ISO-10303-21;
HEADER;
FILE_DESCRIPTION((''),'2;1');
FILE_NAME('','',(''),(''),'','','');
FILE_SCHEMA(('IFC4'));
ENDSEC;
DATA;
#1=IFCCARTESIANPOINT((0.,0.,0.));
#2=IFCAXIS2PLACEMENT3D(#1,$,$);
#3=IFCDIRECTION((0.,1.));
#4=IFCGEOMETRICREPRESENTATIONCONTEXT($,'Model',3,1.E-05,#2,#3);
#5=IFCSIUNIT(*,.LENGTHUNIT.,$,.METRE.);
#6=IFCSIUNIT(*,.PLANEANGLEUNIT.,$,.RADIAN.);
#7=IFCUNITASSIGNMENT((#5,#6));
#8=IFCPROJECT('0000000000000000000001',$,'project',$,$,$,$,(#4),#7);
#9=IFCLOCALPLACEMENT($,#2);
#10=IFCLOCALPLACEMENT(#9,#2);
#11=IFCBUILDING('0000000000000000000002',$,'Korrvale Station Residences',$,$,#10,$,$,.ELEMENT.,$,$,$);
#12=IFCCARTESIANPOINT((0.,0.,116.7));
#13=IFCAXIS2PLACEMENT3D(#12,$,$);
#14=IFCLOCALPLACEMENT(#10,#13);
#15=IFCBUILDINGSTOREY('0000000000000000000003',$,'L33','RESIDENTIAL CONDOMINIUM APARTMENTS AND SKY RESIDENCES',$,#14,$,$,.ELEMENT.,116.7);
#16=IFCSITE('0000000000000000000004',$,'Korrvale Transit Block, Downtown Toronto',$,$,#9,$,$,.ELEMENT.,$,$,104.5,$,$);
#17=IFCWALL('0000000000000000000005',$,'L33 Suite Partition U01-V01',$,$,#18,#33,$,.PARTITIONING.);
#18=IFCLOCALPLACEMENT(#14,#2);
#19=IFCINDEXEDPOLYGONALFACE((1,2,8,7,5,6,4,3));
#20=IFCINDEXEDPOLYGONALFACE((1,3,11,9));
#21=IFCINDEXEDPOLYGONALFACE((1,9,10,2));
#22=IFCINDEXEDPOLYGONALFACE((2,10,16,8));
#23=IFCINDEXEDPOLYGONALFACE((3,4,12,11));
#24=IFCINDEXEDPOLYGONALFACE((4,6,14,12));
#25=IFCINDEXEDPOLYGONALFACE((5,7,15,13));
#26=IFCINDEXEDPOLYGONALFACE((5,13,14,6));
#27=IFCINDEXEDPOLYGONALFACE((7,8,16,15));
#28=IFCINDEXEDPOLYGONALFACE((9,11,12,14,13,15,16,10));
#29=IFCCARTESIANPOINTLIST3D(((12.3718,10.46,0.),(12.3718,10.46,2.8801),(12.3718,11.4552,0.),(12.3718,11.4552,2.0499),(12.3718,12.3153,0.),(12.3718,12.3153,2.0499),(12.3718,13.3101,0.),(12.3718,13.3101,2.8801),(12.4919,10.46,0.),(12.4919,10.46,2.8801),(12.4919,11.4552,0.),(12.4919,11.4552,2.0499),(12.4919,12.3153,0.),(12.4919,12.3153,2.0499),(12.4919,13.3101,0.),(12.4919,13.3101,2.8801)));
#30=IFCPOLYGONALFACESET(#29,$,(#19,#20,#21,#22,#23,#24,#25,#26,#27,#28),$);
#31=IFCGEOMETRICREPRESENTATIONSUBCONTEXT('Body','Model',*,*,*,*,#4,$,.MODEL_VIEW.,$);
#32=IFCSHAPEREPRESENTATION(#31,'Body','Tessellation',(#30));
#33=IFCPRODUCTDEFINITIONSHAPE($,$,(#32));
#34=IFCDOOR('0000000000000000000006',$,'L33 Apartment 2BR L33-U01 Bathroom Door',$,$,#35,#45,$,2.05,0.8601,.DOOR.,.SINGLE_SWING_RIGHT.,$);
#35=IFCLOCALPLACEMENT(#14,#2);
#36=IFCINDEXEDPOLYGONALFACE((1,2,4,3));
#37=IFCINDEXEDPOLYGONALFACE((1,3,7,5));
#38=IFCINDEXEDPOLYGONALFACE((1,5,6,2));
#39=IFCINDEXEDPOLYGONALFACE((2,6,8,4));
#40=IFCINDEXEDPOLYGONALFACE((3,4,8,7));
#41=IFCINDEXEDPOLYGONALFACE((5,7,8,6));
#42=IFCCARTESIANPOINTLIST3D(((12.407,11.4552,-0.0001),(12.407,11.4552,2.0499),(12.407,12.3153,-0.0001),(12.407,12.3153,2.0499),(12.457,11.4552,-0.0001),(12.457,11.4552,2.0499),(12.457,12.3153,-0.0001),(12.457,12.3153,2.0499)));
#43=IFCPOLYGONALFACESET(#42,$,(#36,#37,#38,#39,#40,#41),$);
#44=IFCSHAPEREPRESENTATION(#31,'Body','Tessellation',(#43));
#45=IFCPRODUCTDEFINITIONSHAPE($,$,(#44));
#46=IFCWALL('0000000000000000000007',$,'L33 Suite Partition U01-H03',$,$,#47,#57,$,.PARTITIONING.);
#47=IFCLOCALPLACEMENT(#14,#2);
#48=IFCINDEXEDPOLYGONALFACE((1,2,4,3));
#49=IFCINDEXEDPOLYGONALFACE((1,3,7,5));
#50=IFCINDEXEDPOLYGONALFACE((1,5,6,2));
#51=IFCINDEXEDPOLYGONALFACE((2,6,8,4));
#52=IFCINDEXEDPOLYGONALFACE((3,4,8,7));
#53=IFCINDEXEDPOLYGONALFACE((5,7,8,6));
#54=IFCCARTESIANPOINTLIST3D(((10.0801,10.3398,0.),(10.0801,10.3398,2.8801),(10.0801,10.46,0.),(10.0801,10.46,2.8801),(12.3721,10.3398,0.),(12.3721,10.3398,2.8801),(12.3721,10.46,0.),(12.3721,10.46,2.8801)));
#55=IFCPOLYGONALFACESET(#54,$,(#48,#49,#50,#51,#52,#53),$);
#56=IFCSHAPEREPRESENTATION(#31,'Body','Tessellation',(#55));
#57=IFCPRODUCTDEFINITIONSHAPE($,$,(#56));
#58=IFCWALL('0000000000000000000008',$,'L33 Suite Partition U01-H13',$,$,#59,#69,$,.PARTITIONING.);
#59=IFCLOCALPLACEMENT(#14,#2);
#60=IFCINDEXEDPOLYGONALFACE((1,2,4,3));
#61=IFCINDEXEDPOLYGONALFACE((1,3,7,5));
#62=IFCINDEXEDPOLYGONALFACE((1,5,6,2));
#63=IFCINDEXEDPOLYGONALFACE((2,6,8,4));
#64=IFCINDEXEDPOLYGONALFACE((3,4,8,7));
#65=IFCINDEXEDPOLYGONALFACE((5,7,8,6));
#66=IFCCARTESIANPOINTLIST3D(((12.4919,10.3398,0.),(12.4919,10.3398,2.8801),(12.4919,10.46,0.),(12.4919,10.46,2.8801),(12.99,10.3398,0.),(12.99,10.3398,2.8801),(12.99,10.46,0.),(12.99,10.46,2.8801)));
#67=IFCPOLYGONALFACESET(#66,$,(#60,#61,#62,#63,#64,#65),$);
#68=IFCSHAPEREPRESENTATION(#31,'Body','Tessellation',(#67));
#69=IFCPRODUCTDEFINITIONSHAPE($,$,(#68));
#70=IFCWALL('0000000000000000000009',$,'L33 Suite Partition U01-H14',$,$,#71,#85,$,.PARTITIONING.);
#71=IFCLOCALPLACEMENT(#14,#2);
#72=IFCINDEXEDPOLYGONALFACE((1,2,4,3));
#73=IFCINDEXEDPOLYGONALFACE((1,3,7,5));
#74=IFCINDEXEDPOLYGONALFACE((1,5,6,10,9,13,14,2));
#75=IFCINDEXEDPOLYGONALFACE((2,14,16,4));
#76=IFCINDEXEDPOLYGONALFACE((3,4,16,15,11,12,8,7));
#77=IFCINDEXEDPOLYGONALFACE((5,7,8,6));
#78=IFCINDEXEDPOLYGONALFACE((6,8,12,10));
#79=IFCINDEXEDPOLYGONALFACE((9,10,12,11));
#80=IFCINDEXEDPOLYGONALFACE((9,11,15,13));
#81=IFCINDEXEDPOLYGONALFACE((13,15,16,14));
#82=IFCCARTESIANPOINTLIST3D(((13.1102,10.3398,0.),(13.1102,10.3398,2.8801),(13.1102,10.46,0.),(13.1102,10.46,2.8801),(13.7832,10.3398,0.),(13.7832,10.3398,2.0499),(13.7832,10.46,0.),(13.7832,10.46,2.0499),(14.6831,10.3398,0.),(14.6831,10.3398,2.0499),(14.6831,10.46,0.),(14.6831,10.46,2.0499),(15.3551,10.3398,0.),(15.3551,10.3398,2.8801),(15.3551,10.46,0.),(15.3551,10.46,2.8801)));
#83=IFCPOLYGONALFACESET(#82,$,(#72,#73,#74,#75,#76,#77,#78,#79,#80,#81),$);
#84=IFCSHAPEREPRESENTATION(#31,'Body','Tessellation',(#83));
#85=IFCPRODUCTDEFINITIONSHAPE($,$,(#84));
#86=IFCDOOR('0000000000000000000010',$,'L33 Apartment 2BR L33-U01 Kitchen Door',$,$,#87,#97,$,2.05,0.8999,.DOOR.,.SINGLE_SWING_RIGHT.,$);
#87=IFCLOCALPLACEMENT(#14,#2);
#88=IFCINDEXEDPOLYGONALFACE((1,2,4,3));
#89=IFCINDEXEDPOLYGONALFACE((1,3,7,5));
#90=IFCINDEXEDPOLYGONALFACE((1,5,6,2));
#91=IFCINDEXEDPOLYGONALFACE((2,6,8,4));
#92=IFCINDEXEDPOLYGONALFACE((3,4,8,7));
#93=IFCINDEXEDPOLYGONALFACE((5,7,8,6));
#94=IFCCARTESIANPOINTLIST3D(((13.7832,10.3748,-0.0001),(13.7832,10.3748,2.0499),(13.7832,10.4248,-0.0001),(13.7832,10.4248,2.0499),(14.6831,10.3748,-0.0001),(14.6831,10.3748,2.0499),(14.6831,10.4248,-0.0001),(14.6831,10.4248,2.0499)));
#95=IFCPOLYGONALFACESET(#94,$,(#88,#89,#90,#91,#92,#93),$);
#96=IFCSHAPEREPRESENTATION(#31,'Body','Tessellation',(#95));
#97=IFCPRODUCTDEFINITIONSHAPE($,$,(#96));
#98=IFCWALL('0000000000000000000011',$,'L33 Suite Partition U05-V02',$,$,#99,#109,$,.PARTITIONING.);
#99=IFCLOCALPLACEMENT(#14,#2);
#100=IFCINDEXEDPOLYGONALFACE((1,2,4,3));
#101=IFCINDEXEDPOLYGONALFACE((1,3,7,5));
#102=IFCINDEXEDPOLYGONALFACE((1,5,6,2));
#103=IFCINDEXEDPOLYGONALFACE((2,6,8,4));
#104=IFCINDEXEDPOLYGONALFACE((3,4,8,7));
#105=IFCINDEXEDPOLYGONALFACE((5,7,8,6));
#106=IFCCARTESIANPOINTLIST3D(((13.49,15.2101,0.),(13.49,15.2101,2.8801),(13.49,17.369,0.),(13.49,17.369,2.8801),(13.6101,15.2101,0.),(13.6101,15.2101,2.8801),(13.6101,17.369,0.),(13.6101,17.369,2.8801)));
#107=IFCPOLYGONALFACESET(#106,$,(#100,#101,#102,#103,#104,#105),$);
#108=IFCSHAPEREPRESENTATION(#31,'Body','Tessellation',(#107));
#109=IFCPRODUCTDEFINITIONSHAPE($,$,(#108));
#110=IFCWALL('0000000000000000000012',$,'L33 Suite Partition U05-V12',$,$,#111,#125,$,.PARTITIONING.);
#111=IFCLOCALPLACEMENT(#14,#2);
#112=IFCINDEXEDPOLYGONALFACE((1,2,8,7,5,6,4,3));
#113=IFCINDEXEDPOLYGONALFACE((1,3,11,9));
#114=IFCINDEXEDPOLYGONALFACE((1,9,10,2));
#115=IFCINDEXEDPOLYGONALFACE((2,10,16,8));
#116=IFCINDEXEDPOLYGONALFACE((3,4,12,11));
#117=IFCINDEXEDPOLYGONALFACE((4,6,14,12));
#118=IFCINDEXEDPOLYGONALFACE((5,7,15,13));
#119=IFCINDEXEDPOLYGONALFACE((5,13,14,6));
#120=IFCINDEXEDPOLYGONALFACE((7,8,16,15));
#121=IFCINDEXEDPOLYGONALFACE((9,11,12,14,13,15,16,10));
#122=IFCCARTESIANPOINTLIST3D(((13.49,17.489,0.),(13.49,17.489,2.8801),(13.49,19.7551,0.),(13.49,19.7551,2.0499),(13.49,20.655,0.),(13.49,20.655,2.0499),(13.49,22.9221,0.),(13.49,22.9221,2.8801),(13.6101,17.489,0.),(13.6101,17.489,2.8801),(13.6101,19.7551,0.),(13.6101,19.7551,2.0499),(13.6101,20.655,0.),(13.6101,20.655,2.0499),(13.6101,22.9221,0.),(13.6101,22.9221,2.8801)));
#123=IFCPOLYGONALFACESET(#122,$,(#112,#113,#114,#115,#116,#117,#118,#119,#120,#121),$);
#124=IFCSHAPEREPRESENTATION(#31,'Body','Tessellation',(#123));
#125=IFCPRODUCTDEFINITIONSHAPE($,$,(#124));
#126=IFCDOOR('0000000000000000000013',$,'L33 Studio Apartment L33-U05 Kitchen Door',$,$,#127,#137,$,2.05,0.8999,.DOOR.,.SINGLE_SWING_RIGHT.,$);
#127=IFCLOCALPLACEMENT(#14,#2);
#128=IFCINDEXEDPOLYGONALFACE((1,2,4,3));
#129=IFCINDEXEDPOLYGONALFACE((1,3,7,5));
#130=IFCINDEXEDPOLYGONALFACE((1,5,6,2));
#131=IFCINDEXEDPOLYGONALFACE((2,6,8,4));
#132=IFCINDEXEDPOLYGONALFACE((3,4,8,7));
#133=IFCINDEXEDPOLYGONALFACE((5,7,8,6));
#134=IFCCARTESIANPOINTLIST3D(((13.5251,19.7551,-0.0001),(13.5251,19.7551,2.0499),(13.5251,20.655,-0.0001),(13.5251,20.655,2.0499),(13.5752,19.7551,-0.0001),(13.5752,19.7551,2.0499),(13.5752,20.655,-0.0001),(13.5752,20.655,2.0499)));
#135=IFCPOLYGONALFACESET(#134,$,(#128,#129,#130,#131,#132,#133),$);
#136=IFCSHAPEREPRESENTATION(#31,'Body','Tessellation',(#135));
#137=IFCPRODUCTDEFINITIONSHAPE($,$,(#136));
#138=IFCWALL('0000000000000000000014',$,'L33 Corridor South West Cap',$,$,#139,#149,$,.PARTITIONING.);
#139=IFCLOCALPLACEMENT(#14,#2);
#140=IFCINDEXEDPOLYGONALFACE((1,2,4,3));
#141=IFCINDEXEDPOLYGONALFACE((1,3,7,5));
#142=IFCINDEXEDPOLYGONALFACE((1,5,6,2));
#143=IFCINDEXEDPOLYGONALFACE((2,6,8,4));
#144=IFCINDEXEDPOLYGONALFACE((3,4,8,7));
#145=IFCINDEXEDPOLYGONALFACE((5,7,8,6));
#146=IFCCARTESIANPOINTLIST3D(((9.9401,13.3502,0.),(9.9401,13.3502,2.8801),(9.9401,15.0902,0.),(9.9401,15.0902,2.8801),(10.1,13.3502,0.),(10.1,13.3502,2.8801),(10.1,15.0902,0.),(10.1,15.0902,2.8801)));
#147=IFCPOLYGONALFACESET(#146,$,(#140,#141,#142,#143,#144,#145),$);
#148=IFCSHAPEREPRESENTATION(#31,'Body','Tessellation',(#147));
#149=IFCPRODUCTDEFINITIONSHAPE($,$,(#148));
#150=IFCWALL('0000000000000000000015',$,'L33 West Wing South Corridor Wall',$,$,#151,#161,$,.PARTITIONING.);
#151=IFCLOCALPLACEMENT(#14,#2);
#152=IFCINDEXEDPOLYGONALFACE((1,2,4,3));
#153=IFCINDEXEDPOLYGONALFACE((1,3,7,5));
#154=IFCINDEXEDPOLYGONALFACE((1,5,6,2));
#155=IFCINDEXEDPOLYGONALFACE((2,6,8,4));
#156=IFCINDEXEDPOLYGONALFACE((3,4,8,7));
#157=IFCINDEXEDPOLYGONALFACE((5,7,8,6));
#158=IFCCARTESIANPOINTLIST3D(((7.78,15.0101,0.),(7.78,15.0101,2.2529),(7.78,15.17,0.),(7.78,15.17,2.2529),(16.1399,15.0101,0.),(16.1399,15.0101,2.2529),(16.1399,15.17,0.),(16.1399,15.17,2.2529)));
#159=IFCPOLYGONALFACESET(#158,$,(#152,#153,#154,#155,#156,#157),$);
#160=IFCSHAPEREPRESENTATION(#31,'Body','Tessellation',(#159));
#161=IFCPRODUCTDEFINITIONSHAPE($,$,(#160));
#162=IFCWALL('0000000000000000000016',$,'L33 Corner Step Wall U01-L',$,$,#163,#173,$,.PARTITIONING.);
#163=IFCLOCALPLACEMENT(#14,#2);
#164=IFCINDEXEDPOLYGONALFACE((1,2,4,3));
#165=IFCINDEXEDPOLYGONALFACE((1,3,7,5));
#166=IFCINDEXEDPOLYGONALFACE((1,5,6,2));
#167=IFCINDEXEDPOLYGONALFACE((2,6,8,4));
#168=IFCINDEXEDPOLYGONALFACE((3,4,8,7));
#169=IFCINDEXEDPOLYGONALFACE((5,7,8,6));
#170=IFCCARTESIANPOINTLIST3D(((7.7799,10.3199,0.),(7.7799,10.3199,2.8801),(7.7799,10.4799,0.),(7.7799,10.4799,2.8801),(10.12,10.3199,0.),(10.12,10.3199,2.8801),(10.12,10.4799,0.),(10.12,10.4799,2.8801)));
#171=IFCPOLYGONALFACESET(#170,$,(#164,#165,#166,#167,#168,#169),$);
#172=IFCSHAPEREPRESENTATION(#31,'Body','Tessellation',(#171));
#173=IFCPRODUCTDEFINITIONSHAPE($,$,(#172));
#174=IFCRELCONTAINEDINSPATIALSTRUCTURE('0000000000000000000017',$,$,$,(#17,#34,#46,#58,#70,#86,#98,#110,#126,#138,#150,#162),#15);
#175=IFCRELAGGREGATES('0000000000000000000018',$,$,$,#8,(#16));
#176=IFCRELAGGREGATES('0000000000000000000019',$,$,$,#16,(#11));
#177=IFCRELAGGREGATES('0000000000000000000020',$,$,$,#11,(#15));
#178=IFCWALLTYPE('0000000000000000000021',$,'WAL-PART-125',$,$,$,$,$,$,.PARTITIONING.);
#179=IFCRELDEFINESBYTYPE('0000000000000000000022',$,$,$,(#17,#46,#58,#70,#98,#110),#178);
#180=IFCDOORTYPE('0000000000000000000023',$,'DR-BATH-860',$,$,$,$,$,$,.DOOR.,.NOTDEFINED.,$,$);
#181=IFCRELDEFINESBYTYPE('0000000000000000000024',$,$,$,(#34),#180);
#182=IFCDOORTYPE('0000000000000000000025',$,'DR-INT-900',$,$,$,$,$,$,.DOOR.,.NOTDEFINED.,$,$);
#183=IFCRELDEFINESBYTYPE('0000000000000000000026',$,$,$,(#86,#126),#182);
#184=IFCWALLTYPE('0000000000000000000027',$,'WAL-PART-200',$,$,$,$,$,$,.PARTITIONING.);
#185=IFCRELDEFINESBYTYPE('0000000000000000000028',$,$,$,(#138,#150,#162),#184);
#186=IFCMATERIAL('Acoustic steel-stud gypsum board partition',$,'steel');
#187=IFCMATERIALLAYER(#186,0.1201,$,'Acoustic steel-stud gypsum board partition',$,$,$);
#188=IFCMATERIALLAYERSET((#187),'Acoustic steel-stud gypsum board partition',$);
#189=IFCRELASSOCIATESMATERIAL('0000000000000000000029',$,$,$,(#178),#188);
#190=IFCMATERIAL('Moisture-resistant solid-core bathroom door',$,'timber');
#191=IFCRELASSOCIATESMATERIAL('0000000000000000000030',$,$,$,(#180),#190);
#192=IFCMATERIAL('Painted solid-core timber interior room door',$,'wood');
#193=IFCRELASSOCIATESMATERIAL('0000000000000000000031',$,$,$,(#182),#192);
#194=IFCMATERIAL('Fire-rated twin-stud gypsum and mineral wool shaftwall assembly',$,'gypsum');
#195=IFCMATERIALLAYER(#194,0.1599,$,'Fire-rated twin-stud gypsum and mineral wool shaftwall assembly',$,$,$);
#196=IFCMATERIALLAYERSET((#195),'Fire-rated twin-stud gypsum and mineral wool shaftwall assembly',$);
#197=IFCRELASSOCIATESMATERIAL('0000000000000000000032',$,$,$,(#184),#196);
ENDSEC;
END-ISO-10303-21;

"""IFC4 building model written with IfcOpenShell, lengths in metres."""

from ifc_helpers import new_model, si_unit, direction, frame, frame_2d, origin, place, context, subcontext, project, spatial, rectangle, extrude, material, layer, layer_set, type_object, element, fill, save


model = new_model("IFC4")

# Units and contexts
model_context = context("Model", 3, precision=1e-05, world=origin(), true_north=direction((0.0, 1.0)))
body_context = subcontext(model_context, "Body", "Model", "MODEL_VIEW")
ifc_project = project(units=[si_unit("LENGTHUNIT", "METRE"), si_unit("PLANEANGLEUNIT", "RADIAN")], contexts=[model_context])

# Site, building, storey
site_placement = place(None, origin())
site = spatial("IfcSite", under=ifc_project, at=site_placement, Name="Korrvale Transit Block, Downtown Toronto", CompositionType="ELEMENT", RefElevation=104.5)
building_placement = place(site_placement, origin())
building = spatial("IfcBuilding", under=site, at=building_placement, Name="Korrvale Station Residences", CompositionType="ELEMENT")
storey_placement = place(building_placement, frame((0.0, 0.0, 116.7)))
storey = spatial("IfcBuildingStorey", under=building, at=storey_placement, Name="L33", Description="RESIDENTIAL CONDOMINIUM APARTMENTS AND SKY RESIDENCES", CompositionType="ELEMENT", Elevation=116.7)

# Wall, opening, door
ifc_material_1 = material(Name="Acoustic steel-stud gypsum board partition", Category="steel")
ifc_layer_1 = layer(ifc_material_1, 0.1201, Name="Acoustic steel-stud gypsum board partition")
ifc_layer_set_1 = layer_set([ifc_layer_1], Name="Acoustic steel-stud gypsum board partition")
wall_type_1 = type_object("IfcWallType", Name="WAL-PART-125", PredefinedType="PARTITIONING", material=ifc_layer_set_1)
wall_1_placement = place(storey_placement, frame((12.4319, 10.46, 0.0), z_axis=(0.0, 0.0, 1.0), x_axis=(0.0, 1.0, 0.0)))
wall_1 = element("IfcWall", 1, at=wall_1_placement, inside=storey, type_object=wall_type_1, Name="L33 Suite Partition U01-V01", PredefinedType="PARTITIONING", context=body_context, shape_type="SweptSolid", body=[
    extrude(rectangle(XDim=2.8501, YDim=0.1201, at=frame_2d((1.425, 0.0))), origin(), (0.0, 0.0, 1.0), 2.8801),
])
opening_1_placement = place(wall_1_placement, frame((0.9951, 0.0, 0.0)))
opening_1 = element("IfcOpeningElement", 2, at=opening_1_placement, cuts=wall_1, PredefinedType="OPENING", context=body_context, shape_type="SweptSolid", body=[
    extrude(rectangle(XDim=0.8601, YDim=2.05, at=frame_2d((0.4302, 1.0249))), frame((0.0, 0.0701, 0.0), z_axis=(0.0, -1.0, 0.0), x_axis=(1.0, 0.0, 0.0)), (0.0, 0.0, 1.0), 0.1401),
])
ifc_material_2 = material(Name="Moisture-resistant solid-core bathroom door", Category="timber")
door_type_1 = type_object("IfcDoorType", Name="DR-BATH-860", OperationType="NOTDEFINED", PredefinedType="DOOR", material=ifc_material_2)
door_1_placement = place(opening_1_placement, origin())
door_1 = element("IfcDoor", 3, at=door_1_placement, inside=storey, type_object=door_type_1, Name="L33 Apartment 2BR L33-U01 Bathroom Door", OperationType="SINGLE_SWING_RIGHT", OverallHeight=2.05, OverallWidth=0.8601, PredefinedType="DOOR", context=body_context, shape_type="SweptSolid", body=[
    extrude(rectangle(XDim=0.8601, YDim=2.05, at=frame_2d((0.4302, 1.0249))), frame((0.0, 0.0249, 0.0), z_axis=(0.0, -1.0, 0.0), x_axis=(1.0, 0.0, 0.0)), (0.0, 0.0, 1.0), 0.05),
])
fill(opening_1, door_1)

# Walls
wall_2_placement = place(storey_placement, frame((10.0801, 10.3999, 0.0), z_axis=(0.0, 0.0, 1.0), x_axis=(1.0, 0.0, 0.0)))
element("IfcWall", 4, at=wall_2_placement, inside=storey, type_object=wall_type_1, Name="L33 Suite Partition U01-H03", PredefinedType="PARTITIONING", context=body_context, shape_type="SweptSolid", body=[
    extrude(rectangle(XDim=2.292, YDim=0.1201, at=frame_2d((1.146, 0.0))), origin(), (0.0, 0.0, 1.0), 2.8801),
])
wall_3_placement = place(storey_placement, frame((12.4919, 10.3999, 0.0), z_axis=(0.0, 0.0, 1.0), x_axis=(1.0, 0.0, 0.0)))
element("IfcWall", 5, at=wall_3_placement, inside=storey, type_object=wall_type_1, Name="L33 Suite Partition U01-H13", PredefinedType="PARTITIONING", context=body_context, shape_type="SweptSolid", body=[
    extrude(rectangle(XDim=0.498, YDim=0.1201, at=frame_2d((0.249, 0.0))), origin(), (0.0, 0.0, 1.0), 2.8801),
])

# Wall, opening, door
wall_4_placement = place(storey_placement, frame((13.1101, 10.3999, 0.0), z_axis=(0.0, 0.0, 1.0), x_axis=(1.0, 0.0, 0.0)))
wall_4 = element("IfcWall", 6, at=wall_4_placement, inside=storey, type_object=wall_type_1, Name="L33 Suite Partition U01-H14", PredefinedType="PARTITIONING", context=body_context, shape_type="SweptSolid", body=[
    extrude(rectangle(XDim=2.2449, YDim=0.1201, at=frame_2d((1.1226, 0.0))), origin(), (0.0, 0.0, 1.0), 2.8801),
])
opening_2_placement = place(wall_4_placement, frame((0.6731, 0.0, 0.0)))
opening_2 = element("IfcOpeningElement", 7, at=opening_2_placement, cuts=wall_4, PredefinedType="OPENING", context=body_context, shape_type="SweptSolid", body=[
    extrude(rectangle(XDim=0.8999, YDim=2.05, at=frame_2d((0.45, 1.0249))), frame((0.0, 0.0701, 0.0), z_axis=(0.0, -1.0, 0.0), x_axis=(1.0, 0.0, 0.0)), (0.0, 0.0, 1.0), 0.1401),
])
ifc_material_3 = material(Name="Painted solid-core timber interior room door", Category="wood")
door_type_2 = type_object("IfcDoorType", Name="DR-INT-900", OperationType="NOTDEFINED", PredefinedType="DOOR", material=ifc_material_3)
door_2_placement = place(opening_2_placement, origin())
door_2 = element("IfcDoor", 8, at=door_2_placement, inside=storey, type_object=door_type_2, Name="L33 Apartment 2BR L33-U01 Kitchen Door", OperationType="SINGLE_SWING_RIGHT", OverallHeight=2.05, OverallWidth=0.8999, PredefinedType="DOOR", context=body_context, shape_type="SweptSolid", body=[
    extrude(rectangle(XDim=0.8999, YDim=2.05, at=frame_2d((0.45, 1.0249))), frame((0.0, 0.0249, 0.0), z_axis=(0.0, -1.0, 0.0), x_axis=(1.0, 0.0, 0.0)), (0.0, 0.0, 1.0), 0.05),
])
fill(opening_2, door_2)

# Wall
wall_5_placement = place(storey_placement, frame((13.55, 15.21, 0.0), z_axis=(0.0, 0.0, 1.0), x_axis=(0.0, 1.0, 0.0)))
element("IfcWall", 9, at=wall_5_placement, inside=storey, type_object=wall_type_1, Name="L33 Suite Partition U05-V02", PredefinedType="PARTITIONING", context=body_context, shape_type="SweptSolid", body=[
    extrude(rectangle(XDim=2.1589, YDim=0.1201, at=frame_2d((1.0796, 0.0))), origin(), (0.0, 0.0, 1.0), 2.8801),
])

# Wall, opening, door
wall_6_placement = place(storey_placement, frame((13.55, 17.489, 0.0), z_axis=(0.0, 0.0, 1.0), x_axis=(0.0, 1.0, 0.0)))
wall_6 = element("IfcWall", 10, at=wall_6_placement, inside=storey, type_object=wall_type_1, Name="L33 Suite Partition U05-V12", PredefinedType="PARTITIONING", context=body_context, shape_type="SweptSolid", body=[
    extrude(rectangle(XDim=5.4331, YDim=0.1201, at=frame_2d((2.7166, 0.0))), origin(), (0.0, 0.0, 1.0), 2.8801),
])
opening_3_placement = place(wall_6_placement, frame((2.2661, 0.0, 0.0)))
opening_3 = element("IfcOpeningElement", 11, at=opening_3_placement, cuts=wall_6, PredefinedType="OPENING", context=body_context, shape_type="SweptSolid", body=[
    extrude(rectangle(XDim=0.8999, YDim=2.05, at=frame_2d((0.45, 1.0249))), frame((0.0, 0.0701, 0.0), z_axis=(0.0, -1.0, 0.0), x_axis=(1.0, 0.0, 0.0)), (0.0, 0.0, 1.0), 0.1401),
])
door_3_placement = place(opening_3_placement, origin())
door_3 = element("IfcDoor", 12, at=door_3_placement, inside=storey, type_object=door_type_2, Name="L33 Studio Apartment L33-U05 Kitchen Door", OperationType="SINGLE_SWING_RIGHT", OverallHeight=2.05, OverallWidth=0.8999, PredefinedType="DOOR", context=body_context, shape_type="SweptSolid", body=[
    extrude(rectangle(XDim=0.8999, YDim=2.05, at=frame_2d((0.45, 1.0249))), frame((0.0, 0.0249, 0.0), z_axis=(0.0, -1.0, 0.0), x_axis=(1.0, 0.0, 0.0)), (0.0, 0.0, 1.0), 0.05),
])
fill(opening_3, door_3)

# Walls
ifc_material_4 = material(Name="Fire-rated twin-stud gypsum and mineral wool shaftwall assembly", Category="gypsum")
ifc_layer_2 = layer(ifc_material_4, 0.1599, Name="Fire-rated twin-stud gypsum and mineral wool shaftwall assembly")
ifc_layer_set_2 = layer_set([ifc_layer_2], Name="Fire-rated twin-stud gypsum and mineral wool shaftwall assembly")
wall_type_2 = type_object("IfcWallType", Name="WAL-PART-200", PredefinedType="PARTITIONING", material=ifc_layer_set_2)
wall_7_placement = place(storey_placement, frame((10.02, 13.3501, 0.0), z_axis=(0.0, 0.0, 1.0), x_axis=(0.0, 1.0, 0.0)))
element("IfcWall", 13, at=wall_7_placement, inside=storey, type_object=wall_type_2, Name="L33 Corridor South West Cap", PredefinedType="PARTITIONING", context=body_context, shape_type="SweptSolid", body=[
    extrude(rectangle(XDim=1.74, YDim=0.1599, at=frame_2d((0.8701, 0.0))), origin(), (0.0, 0.0, 1.0), 2.8801),
])
wall_8_placement = place(storey_placement, frame((7.78, 15.0901, 0.0), z_axis=(0.0, 0.0, 1.0), x_axis=(1.0, 0.0, 0.0)))
element("IfcWall", 14, at=wall_8_placement, inside=storey, type_object=wall_type_2, Name="L33 West Wing South Corridor Wall", PredefinedType="PARTITIONING", context=body_context, shape_type="SweptSolid", body=[
    extrude(rectangle(XDim=8.3599, YDim=0.1599, at=frame_2d((4.1799, 0.0))), origin(), (0.0, 0.0, 1.0), 2.2529),
])
wall_9_placement = place(storey_placement, frame((7.78, 10.3999, 0.0), z_axis=(0.0, 0.0, 1.0), x_axis=(1.0, 0.0, 0.0)))
element("IfcWall", 15, at=wall_9_placement, inside=storey, type_object=wall_type_2, Name="L33 Corner Step Wall U01-L", PredefinedType="PARTITIONING", context=body_context, shape_type="SweptSolid", body=[
    extrude(rectangle(XDim=2.3401, YDim=0.1599, at=frame_2d((1.1699, 0.0))), origin(), (0.0, 0.0, 1.0), 2.8801),
])

save(model, "model.ifc")
